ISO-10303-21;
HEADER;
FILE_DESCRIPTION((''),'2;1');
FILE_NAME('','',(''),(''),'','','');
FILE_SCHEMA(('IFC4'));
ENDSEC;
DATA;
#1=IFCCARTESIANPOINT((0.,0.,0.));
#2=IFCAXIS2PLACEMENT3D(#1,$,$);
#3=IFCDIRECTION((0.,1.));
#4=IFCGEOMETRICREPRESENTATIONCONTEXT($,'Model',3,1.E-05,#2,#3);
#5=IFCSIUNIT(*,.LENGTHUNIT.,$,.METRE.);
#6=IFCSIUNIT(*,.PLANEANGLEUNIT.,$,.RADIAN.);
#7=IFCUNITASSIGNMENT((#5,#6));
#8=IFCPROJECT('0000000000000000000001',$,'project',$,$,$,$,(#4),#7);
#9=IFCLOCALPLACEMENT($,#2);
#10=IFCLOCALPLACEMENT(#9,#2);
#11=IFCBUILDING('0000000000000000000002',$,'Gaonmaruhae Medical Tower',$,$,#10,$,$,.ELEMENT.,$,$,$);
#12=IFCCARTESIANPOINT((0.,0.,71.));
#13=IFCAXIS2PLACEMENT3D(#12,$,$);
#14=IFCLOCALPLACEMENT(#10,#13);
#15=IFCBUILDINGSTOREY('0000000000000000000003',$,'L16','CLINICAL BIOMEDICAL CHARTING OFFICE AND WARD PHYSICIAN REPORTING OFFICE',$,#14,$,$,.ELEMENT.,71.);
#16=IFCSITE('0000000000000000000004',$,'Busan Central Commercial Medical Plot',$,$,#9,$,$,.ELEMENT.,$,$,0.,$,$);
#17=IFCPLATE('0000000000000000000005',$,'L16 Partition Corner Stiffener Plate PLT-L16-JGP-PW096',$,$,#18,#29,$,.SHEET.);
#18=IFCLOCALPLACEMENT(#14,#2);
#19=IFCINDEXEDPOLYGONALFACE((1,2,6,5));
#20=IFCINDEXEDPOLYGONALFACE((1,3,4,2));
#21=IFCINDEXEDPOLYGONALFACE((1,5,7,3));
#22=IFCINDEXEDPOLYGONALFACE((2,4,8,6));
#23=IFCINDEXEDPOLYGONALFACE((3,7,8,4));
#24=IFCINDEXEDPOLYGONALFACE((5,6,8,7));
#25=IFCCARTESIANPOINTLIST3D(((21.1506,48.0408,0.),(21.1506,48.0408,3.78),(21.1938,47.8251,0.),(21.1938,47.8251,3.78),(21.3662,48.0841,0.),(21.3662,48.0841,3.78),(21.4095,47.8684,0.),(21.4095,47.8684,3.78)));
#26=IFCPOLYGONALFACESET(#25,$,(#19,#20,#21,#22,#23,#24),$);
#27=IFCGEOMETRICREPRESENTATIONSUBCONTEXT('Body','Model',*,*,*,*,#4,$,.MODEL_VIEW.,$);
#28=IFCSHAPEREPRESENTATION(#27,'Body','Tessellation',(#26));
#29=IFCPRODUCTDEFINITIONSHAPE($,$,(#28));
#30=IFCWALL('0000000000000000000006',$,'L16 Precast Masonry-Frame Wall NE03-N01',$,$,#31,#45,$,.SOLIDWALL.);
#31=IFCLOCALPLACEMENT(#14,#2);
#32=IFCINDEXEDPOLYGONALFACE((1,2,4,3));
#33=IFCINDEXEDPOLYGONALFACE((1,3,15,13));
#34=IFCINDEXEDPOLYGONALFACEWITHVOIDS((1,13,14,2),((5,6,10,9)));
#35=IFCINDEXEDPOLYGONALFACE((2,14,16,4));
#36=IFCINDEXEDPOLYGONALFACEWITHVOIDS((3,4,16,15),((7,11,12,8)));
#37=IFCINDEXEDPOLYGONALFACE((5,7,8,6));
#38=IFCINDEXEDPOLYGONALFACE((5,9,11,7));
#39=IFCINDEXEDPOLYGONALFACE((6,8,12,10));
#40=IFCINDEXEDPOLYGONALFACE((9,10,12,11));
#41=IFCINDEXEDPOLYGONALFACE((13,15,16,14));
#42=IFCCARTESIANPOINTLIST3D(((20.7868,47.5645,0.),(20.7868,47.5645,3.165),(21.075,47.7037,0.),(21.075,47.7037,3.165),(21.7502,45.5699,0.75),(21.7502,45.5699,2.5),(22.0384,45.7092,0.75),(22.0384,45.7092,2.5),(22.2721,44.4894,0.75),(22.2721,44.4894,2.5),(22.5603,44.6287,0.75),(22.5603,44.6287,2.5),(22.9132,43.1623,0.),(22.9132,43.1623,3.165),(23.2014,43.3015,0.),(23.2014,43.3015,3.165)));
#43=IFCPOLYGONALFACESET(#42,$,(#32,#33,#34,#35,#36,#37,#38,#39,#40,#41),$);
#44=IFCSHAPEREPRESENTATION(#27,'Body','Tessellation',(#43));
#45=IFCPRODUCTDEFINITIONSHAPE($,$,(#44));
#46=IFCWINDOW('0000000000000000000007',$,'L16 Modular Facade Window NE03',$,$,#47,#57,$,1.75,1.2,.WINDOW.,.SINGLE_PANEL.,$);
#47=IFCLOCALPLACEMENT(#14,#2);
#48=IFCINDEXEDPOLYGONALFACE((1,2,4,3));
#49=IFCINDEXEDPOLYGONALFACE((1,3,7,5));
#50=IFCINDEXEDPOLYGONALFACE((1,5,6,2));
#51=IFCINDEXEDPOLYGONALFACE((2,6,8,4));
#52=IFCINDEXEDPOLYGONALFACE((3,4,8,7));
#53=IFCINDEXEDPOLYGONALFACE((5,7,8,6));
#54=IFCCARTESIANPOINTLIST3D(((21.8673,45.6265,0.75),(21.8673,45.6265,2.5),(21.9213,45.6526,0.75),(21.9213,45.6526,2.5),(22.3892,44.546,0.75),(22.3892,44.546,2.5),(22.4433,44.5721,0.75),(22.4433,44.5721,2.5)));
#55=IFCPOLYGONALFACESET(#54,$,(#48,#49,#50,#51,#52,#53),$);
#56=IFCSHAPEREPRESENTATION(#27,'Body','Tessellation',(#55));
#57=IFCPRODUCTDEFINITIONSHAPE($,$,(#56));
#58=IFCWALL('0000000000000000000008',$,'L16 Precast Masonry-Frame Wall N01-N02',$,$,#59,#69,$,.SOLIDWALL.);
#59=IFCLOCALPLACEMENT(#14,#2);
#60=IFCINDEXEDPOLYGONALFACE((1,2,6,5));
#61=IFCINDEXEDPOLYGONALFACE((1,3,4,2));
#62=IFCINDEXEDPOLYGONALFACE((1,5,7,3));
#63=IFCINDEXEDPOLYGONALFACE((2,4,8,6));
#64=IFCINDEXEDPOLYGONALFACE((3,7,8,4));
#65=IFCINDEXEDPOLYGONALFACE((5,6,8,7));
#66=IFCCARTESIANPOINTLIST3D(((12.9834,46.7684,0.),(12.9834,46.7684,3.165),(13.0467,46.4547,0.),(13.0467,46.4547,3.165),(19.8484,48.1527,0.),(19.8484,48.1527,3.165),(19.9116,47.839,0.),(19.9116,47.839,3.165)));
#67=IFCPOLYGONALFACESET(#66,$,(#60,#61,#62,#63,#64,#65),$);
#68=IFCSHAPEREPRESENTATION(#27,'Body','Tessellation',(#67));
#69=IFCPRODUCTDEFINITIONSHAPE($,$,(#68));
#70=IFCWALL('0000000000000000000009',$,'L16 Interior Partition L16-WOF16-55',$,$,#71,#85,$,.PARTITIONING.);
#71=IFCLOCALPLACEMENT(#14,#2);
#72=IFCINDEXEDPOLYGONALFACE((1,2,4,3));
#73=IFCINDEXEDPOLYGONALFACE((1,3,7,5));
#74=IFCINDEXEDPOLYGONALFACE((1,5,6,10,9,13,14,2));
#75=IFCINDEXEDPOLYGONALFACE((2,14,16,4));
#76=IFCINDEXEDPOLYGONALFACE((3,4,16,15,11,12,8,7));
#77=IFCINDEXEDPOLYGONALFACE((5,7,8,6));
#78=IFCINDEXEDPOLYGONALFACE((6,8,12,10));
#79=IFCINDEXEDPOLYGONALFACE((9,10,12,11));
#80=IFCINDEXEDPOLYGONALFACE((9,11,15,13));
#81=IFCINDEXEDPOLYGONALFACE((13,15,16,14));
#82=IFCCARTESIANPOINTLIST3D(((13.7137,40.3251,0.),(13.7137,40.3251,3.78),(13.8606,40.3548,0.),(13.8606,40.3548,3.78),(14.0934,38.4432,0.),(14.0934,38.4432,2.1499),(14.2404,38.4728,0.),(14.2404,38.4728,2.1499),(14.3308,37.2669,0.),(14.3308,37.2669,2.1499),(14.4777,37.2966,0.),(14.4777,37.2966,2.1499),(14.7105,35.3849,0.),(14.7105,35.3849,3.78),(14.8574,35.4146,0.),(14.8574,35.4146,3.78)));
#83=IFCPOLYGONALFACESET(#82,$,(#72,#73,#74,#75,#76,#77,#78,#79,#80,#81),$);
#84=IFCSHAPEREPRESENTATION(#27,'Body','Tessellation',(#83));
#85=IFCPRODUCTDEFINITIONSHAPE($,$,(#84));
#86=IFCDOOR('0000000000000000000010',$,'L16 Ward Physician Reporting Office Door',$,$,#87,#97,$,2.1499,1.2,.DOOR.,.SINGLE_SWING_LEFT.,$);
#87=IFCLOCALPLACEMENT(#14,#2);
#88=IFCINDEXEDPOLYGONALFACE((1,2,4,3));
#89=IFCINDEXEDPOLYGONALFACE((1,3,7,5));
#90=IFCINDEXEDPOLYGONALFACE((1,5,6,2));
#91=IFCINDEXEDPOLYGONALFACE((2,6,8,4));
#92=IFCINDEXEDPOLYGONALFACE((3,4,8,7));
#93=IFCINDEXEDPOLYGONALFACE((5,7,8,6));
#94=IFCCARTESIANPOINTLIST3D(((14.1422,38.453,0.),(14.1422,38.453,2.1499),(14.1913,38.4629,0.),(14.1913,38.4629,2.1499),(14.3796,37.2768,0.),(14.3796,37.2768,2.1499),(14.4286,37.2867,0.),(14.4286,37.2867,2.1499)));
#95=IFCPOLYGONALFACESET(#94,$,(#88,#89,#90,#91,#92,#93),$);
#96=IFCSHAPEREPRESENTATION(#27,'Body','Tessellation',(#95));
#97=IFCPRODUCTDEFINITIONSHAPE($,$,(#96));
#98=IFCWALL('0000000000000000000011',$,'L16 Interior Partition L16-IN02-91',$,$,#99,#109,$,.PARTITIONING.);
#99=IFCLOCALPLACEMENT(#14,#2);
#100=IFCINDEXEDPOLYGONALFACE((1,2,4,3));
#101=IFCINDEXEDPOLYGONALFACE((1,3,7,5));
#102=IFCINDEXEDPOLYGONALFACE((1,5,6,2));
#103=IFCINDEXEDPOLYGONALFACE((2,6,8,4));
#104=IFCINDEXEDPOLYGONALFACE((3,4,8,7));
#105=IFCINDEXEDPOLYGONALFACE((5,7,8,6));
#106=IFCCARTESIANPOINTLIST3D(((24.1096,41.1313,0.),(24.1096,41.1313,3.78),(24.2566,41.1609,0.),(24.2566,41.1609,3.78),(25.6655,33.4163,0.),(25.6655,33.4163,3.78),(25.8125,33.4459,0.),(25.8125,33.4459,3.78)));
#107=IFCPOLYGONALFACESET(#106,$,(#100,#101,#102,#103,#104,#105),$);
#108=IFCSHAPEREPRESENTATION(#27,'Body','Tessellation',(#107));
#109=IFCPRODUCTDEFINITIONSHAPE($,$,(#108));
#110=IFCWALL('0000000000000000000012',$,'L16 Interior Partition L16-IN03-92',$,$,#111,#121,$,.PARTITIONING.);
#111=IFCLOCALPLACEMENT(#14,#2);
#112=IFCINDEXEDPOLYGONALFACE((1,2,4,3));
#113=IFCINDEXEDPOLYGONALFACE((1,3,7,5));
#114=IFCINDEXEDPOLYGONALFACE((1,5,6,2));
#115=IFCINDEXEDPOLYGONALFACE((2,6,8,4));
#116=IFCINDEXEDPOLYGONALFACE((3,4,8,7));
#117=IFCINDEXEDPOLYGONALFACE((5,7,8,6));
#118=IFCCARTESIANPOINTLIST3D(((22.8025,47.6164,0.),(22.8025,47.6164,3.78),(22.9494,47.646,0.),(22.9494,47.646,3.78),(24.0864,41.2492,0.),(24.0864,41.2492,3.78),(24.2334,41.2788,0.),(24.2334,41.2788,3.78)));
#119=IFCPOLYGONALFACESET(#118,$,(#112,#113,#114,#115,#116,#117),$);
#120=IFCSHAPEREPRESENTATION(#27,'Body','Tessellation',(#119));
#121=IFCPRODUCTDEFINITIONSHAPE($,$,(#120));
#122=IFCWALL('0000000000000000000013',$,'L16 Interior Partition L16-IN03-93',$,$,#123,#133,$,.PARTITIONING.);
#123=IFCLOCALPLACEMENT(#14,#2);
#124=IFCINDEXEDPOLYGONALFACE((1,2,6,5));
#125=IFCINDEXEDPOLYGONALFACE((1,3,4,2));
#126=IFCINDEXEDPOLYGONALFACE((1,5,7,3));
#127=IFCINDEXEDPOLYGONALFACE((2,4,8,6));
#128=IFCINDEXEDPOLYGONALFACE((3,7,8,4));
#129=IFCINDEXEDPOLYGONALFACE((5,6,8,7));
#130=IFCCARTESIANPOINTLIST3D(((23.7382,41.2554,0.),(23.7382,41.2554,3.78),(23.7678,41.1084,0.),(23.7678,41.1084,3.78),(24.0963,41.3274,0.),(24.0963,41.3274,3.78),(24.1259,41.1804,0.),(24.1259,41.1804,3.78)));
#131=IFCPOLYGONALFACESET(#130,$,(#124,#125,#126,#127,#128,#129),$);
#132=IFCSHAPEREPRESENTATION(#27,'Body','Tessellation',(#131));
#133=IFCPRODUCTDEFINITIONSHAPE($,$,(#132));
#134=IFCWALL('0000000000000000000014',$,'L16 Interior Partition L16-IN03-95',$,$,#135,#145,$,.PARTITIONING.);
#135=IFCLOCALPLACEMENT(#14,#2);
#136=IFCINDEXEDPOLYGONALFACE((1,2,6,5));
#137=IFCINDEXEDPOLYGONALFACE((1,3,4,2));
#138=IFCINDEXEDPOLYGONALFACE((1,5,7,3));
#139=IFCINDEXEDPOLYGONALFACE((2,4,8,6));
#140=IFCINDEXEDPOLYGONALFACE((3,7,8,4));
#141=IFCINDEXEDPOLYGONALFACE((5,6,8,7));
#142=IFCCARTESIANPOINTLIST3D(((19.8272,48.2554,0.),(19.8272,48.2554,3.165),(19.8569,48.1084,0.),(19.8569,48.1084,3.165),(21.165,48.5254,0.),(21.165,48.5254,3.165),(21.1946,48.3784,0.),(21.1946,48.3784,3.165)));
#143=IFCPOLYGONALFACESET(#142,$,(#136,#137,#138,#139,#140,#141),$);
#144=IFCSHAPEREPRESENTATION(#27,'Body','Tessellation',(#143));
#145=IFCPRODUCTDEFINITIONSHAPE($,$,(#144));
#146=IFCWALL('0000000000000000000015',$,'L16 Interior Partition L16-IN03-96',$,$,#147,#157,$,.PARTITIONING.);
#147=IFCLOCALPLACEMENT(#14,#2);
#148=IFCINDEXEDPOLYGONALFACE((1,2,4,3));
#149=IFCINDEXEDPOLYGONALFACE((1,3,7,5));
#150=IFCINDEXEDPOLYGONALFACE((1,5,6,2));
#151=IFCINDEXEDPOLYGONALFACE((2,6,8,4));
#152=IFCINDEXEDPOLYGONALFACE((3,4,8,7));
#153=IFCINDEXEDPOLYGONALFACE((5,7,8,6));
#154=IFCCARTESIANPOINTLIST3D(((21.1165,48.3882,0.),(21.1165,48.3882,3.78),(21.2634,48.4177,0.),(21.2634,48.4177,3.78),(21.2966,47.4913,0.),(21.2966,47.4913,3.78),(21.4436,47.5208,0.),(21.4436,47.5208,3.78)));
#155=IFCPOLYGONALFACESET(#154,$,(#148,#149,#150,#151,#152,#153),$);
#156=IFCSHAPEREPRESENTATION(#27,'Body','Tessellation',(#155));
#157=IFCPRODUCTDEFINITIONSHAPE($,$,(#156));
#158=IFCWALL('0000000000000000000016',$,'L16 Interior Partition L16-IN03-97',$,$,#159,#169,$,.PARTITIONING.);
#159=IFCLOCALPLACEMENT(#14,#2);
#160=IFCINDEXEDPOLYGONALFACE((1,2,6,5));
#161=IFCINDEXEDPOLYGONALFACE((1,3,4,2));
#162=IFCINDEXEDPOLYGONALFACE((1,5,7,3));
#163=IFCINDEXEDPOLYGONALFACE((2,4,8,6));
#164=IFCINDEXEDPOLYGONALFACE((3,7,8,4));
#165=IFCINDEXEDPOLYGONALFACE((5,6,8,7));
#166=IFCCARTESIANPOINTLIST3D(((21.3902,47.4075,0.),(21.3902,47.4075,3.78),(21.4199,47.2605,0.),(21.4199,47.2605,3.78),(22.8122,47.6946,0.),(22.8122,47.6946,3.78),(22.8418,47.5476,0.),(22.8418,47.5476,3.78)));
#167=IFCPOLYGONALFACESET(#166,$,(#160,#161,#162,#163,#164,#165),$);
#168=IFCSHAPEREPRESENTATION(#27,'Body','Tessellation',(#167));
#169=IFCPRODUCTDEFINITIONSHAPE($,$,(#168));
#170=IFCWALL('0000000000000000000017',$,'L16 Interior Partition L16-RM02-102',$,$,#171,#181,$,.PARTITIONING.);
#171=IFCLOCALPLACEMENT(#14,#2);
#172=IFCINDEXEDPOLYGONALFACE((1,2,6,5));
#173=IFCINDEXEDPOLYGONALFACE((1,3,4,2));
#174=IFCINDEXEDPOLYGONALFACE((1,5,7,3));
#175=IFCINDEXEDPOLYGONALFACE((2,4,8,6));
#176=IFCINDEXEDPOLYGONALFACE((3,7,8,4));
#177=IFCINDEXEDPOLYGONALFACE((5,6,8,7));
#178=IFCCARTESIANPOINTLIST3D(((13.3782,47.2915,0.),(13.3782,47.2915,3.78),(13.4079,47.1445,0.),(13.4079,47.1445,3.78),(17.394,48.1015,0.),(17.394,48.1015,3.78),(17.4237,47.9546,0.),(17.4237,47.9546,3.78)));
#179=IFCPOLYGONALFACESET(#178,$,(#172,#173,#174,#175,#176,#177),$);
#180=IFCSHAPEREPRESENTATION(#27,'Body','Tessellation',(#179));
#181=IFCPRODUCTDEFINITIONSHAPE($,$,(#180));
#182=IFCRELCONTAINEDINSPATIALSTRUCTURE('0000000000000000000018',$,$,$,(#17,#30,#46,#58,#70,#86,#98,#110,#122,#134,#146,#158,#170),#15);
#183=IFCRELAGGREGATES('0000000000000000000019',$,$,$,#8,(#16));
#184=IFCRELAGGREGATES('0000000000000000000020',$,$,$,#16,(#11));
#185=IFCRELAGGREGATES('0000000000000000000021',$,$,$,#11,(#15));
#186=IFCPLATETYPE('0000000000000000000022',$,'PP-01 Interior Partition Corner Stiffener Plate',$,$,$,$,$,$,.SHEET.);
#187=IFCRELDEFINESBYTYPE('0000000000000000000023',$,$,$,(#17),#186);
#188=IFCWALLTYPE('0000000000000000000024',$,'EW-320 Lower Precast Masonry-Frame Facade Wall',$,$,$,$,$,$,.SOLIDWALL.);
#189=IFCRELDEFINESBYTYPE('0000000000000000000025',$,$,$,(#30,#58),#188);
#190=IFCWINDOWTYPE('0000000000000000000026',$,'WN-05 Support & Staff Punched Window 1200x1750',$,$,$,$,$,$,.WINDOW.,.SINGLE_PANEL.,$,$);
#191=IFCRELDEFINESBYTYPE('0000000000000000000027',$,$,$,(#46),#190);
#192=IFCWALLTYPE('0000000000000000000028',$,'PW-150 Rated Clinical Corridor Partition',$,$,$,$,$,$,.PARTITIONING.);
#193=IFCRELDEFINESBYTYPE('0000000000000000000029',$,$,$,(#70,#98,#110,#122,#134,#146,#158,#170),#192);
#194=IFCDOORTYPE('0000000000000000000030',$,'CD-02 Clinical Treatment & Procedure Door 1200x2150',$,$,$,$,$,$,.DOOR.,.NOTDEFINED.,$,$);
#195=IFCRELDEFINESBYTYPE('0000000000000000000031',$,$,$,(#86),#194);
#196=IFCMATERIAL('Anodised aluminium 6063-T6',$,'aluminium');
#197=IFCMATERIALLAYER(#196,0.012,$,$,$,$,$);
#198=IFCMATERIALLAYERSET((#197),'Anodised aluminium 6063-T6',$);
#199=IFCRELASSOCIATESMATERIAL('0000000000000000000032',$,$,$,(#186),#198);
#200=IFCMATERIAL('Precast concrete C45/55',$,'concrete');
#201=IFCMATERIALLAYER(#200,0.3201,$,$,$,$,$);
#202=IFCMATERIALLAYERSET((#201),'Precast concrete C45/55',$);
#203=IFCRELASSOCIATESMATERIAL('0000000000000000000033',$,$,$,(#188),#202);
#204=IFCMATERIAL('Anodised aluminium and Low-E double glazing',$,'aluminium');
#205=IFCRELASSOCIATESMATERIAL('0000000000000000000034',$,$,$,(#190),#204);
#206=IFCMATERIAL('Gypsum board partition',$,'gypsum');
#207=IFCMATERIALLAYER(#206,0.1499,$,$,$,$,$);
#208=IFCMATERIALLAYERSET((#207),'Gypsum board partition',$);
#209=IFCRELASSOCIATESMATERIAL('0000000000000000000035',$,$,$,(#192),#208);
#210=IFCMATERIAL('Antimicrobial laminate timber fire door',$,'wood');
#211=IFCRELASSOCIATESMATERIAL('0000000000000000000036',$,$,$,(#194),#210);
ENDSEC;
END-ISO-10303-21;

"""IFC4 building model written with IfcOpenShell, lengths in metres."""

from ifc_helpers import new_model, si_unit, direction, frame, frame_2d, origin, origin_2d, place, context, subcontext, project, spatial, rectangle, extrude, material, layer, layer_set, type_object, element, fill, save


model = new_model("IFC4")

# Units and contexts
model_context = context("Model", 3, precision=1e-05, world=origin(), true_north=direction((0.0, 1.0)))
body_context = subcontext(model_context, "Body", "Model", "MODEL_VIEW")
ifc_project = project(units=[si_unit("LENGTHUNIT", "METRE"), si_unit("PLANEANGLEUNIT", "RADIAN")], contexts=[model_context])

# Site, building, storey
site_placement = place(None, origin())
site = spatial("IfcSite", under=ifc_project, at=site_placement, Name="Busan Central Commercial Medical Plot", CompositionType="ELEMENT", RefElevation=0.0)
building_placement = place(site_placement, origin())
building = spatial("IfcBuilding", under=site, at=building_placement, Name="Gaonmaruhae Medical Tower", CompositionType="ELEMENT")
storey_placement = place(building_placement, frame((0.0, 0.0, 71.0)))
storey = spatial("IfcBuildingStorey", under=building, at=storey_placement, Name="L16", Description="CLINICAL BIOMEDICAL CHARTING OFFICE AND WARD PHYSICIAN REPORTING OFFICE", CompositionType="ELEMENT", Elevation=71.0)

# Plate
ifc_material_1 = material(Name="Anodised aluminium 6063-T6", Category="aluminium")
ifc_layer_1 = layer(ifc_material_1, 0.012)
ifc_layer_set_1 = layer_set([ifc_layer_1], Name="Anodised aluminium 6063-T6")
plate_type_1 = type_object("IfcPlateType", Name="PP-01 Interior Partition Corner Stiffener Plate", PredefinedType="SHEET", material=ifc_layer_set_1)
for number, where, z_axis, x_axis, name in (
    (1, (21.28, 47.9546, 0.0), (0.0, 0.0, 1.0), (0.19675, -0.980454, 0.0), "L16 Partition Corner Stiffener Plate PLT-L16-JGP-PW096"),
):
    element("IfcPlate", number, at=place(storey_placement, frame(where, z_axis=z_axis, x_axis=x_axis)), inside=storey, type_object=plate_type_1, Name=name, PredefinedType="SHEET", context=body_context, shape_type="SweptSolid", body=[
        extrude(rectangle(XDim=0.22, YDim=0.22, at=origin_2d()), origin(), (0.0, 0.0, 1.0), 3.78),
    ])

# Wall, opening, window
ifc_material_2 = material(Name="Precast concrete C45/55", Category="concrete")
ifc_layer_2 = layer(ifc_material_2, 0.3201)
ifc_layer_set_2 = layer_set([ifc_layer_2], Name="Precast concrete C45/55")
wall_type_1 = type_object("IfcWallType", Name="EW-320 Lower Precast Masonry-Frame Facade Wall", PredefinedType="SOLIDWALL", material=ifc_layer_set_2)
wall_1_placement = place(storey_placement, frame((20.9309, 47.634, 0.0), z_axis=(0.0, 0.0, 1.0), x_axis=(0.434947, -0.900456, 0.0)))
wall_1 = element("IfcWall", 2, at=wall_1_placement, inside=storey, type_object=wall_type_1, Name="L16 Precast Masonry-Frame Wall NE03-N01", PredefinedType="SOLIDWALL", context=body_context, shape_type="SweptSolid", body=[
    extrude(rectangle(XDim=4.8889, YDim=0.3201, at=frame_2d((2.4443, 0.0))), origin(), (0.0, 0.0, 1.0), 3.165),
])
opening_1_placement = place(wall_1_placement, frame((2.2148, 0.0, 0.75)))
opening_1 = element("IfcOpeningElement", 3, at=opening_1_placement, cuts=wall_1, PredefinedType="OPENING", context=body_context, shape_type="SweptSolid", body=[
    extrude(rectangle(XDim=1.2, YDim=1.75, at=frame_2d((0.6001, 0.875))), frame((0.0, 0.1699, 0.0), z_axis=(0.0, -1.0, 0.0), x_axis=(1.0, 0.0, 0.0)), (0.0, 0.0, 1.0), 0.3401),
])
ifc_material_3 = material(Name="Anodised aluminium and Low-E double glazing", Category="aluminium")
window_type = type_object("IfcWindowType", Name="WN-05 Support & Staff Punched Window 1200x1750", PartitioningType="SINGLE_PANEL", PredefinedType="WINDOW", material=ifc_material_3)
window_placement = place(opening_1_placement, origin())
window = element("IfcWindow", 4, at=window_placement, inside=storey, type_object=window_type, Name="L16 Modular Facade Window NE03", OverallHeight=1.75, OverallWidth=1.2, PartitioningType="SINGLE_PANEL", PredefinedType="WINDOW", context=body_context, shape_type="SweptSolid", body=[
    extrude(rectangle(XDim=1.2, YDim=1.75, at=frame_2d((0.6001, 0.875))), frame((0.0, 0.03, 0.0), z_axis=(0.0, -1.0, 0.0), x_axis=(1.0, 0.0, 0.0)), (0.0, 0.0, 1.0), 0.0601),
])
fill(opening_1, window)

# Wall
wall_2_placement = place(storey_placement, frame((13.0151, 46.6116, 0.0), z_axis=(0.0, 0.0, 1.0), x_axis=(0.98027, 0.197665, 0.0)))
element("IfcWall", 5, at=wall_2_placement, inside=storey, type_object=wall_type_1, Name="L16 Precast Masonry-Frame Wall N01-N02", PredefinedType="SOLIDWALL", context=body_context, shape_type="SweptSolid", body=[
    extrude(rectangle(XDim=7.0032, YDim=0.3201, at=frame_2d((3.5015, 0.0))), origin(), (0.0, 0.0, 1.0), 3.165),
])

# Wall, opening, door
ifc_material_4 = material(Name="Gypsum board partition", Category="gypsum")
ifc_layer_3 = layer(ifc_material_4, 0.1499)
ifc_layer_set_3 = layer_set([ifc_layer_3], Name="Gypsum board partition")
wall_type_2 = type_object("IfcWallType", Name="PW-150 Rated Clinical Corridor Partition", PredefinedType="PARTITIONING", material=ifc_layer_set_3)
wall_3_placement = place(storey_placement, frame((13.7871, 40.3401, 0.0), z_axis=(0.0, 0.0, 1.0), x_axis=(0.197793, -0.980244, 0.0)))
wall_3 = element("IfcWall", 6, at=wall_3_placement, inside=storey, type_object=wall_type_2, Name="L16 Interior Partition L16-WOF16-55", PredefinedType="PARTITIONING", context=body_context, shape_type="SweptSolid", body=[
    extrude(rectangle(XDim=5.0398, YDim=0.1499, at=frame_2d((2.52, 0.0))), origin(), (0.0, 0.0, 1.0), 3.78),
])
opening_2_placement = place(wall_3_placement, frame((1.9199, 0.0, 0.0)))
opening_2 = element("IfcOpeningElement", 7, at=opening_2_placement, cuts=wall_3, PredefinedType="OPENING", context=body_context, shape_type="SweptSolid", body=[
    extrude(rectangle(XDim=1.2, YDim=2.1499, at=frame_2d((0.6001, 1.075))), frame((0.0, 0.085, 0.0), z_axis=(0.0, -1.0, 0.0), x_axis=(1.0, 0.0, 0.0)), (0.0, 0.0, 1.0), 0.1699),
])
ifc_material_5 = material(Name="Antimicrobial laminate timber fire door", Category="wood")
door_type_1 = type_object("IfcDoorType", Name="CD-02 Clinical Treatment & Procedure Door 1200x2150", OperationType="NOTDEFINED", PredefinedType="DOOR", material=ifc_material_5)
door_1_placement = place(opening_2_placement, origin())
door_1 = element("IfcDoor", 8, at=door_1_placement, inside=storey, type_object=door_type_1, Name="L16 Ward Physician Reporting Office Door", OperationType="SINGLE_SWING_LEFT", OverallHeight=2.1499, OverallWidth=1.2, PredefinedType="DOOR", context=body_context, shape_type="SweptSolid", body=[
    extrude(rectangle(XDim=1.2, YDim=2.1499, at=frame_2d((0.6001, 1.075))), frame((0.0, 0.0249, 0.0), z_axis=(0.0, -1.0, 0.0), x_axis=(1.0, 0.0, 0.0)), (0.0, 0.0, 1.0), 0.05),
])
fill(opening_2, door_1)

# Walls
wall_4_placement = place(storey_placement, frame((24.1831, 41.146, 0.0), z_axis=(0.0, 0.0, 1.0), x_axis=(0.197691, -0.980264, 0.0)))
element("IfcWall", 9, at=wall_4_placement, inside=storey, type_object=wall_type_2, Name="L16 Interior Partition L16-IN02-91", PredefinedType="PARTITIONING", context=body_context, shape_type="SweptSolid", body=[
    extrude(rectangle(XDim=7.8704, YDim=0.1499, at=frame_2d((3.9351, 0.0))), origin(), (0.0, 0.0, 1.0), 3.78),
])
wall_5_placement = place(storey_placement, frame((22.876, 47.6311, 0.0), z_axis=(0.0, 0.0, 1.0), x_axis=(0.19767, -0.980269, 0.0)))
element("IfcWall", 10, at=wall_5_placement, inside=storey, type_object=wall_type_2, Name="L16 Interior Partition L16-IN03-92", PredefinedType="PARTITIONING", context=body_context, shape_type="SweptSolid", body=[
    extrude(rectangle(XDim=6.4954, YDim=0.1499, at=frame_2d((3.2476, 0.0))), origin(), (0.0, 0.0, 1.0), 3.78),
])
wall_6_placement = place(storey_placement, frame((24.1111, 41.2539, 0.0), z_axis=(0.0, 0.0, 1.0), x_axis=(-0.980375, -0.197144, 0.0)))
element("IfcWall", 11, at=wall_6_placement, inside=storey, type_object=wall_type_2, Name="L16 Interior Partition L16-IN03-93", PredefinedType="PARTITIONING", context=body_context, shape_type="SweptSolid", body=[
    extrude(rectangle(XDim=0.3652, YDim=0.1499, at=frame_2d((0.1826, 0.0))), origin(), (0.0, 0.0, 1.0), 3.78),
])
wall_7_placement = place(storey_placement, frame((19.842, 48.1819, 0.0), z_axis=(0.0, 0.0, 1.0), x_axis=(0.980235, 0.197836, 0.0)))
element("IfcWall", 12, at=wall_7_placement, inside=storey, type_object=wall_type_2, Name="L16 Interior Partition L16-IN03-95", PredefinedType="PARTITIONING", context=body_context, shape_type="SweptSolid", body=[
    extrude(rectangle(XDim=1.3647, YDim=0.1499, at=frame_2d((0.6824, 0.0))), origin(), (0.0, 0.0, 1.0), 3.165),
])
wall_8_placement = place(storey_placement, frame((21.1899, 48.4031, 0.0), z_axis=(0.0, 0.0, 1.0), x_axis=(0.196937, -0.980416, 0.0)))
element("IfcWall", 13, at=wall_8_placement, inside=storey, type_object=wall_type_2, Name="L16 Interior Partition L16-IN03-96", PredefinedType="PARTITIONING", context=body_context, shape_type="SweptSolid", body=[
    extrude(rectangle(XDim=0.9148, YDim=0.1499, at=frame_2d((0.4575, 0.0))), origin(), (0.0, 0.0, 1.0), 3.78),
])
wall_9_placement = place(storey_placement, frame((21.405, 47.334, 0.0), z_axis=(0.0, 0.0, 1.0), x_axis=(0.980216, 0.197928, 0.0)))
element("IfcWall", 14, at=wall_9_placement, inside=storey, type_object=wall_type_2, Name="L16 Interior Partition L16-IN03-97", PredefinedType="PARTITIONING", context=body_context, shape_type="SweptSolid", body=[
    extrude(rectangle(XDim=1.4507, YDim=0.1499, at=frame_2d((0.7253, 0.0))), origin(), (0.0, 0.0, 1.0), 3.78),
])

# Wall
wall_10_placement = place(storey_placement, frame((13.3931, 47.218, 0.0), z_axis=(0.0, 0.0, 1.0), x_axis=(0.980256, 0.197732, 0.0)))
element("IfcWall", 15, at=wall_10_placement, inside=storey, type_object=wall_type_2, Name="L16 Interior Partition L16-RM02-102", PredefinedType="PARTITIONING", context=body_context, shape_type="SweptSolid", body=[
    extrude(rectangle(XDim=4.0967, YDim=0.1499, at=frame_2d((2.0483, 0.0))), origin(), (0.0, 0.0, 1.0), 3.78),
])

save(model, "model.ifc")
